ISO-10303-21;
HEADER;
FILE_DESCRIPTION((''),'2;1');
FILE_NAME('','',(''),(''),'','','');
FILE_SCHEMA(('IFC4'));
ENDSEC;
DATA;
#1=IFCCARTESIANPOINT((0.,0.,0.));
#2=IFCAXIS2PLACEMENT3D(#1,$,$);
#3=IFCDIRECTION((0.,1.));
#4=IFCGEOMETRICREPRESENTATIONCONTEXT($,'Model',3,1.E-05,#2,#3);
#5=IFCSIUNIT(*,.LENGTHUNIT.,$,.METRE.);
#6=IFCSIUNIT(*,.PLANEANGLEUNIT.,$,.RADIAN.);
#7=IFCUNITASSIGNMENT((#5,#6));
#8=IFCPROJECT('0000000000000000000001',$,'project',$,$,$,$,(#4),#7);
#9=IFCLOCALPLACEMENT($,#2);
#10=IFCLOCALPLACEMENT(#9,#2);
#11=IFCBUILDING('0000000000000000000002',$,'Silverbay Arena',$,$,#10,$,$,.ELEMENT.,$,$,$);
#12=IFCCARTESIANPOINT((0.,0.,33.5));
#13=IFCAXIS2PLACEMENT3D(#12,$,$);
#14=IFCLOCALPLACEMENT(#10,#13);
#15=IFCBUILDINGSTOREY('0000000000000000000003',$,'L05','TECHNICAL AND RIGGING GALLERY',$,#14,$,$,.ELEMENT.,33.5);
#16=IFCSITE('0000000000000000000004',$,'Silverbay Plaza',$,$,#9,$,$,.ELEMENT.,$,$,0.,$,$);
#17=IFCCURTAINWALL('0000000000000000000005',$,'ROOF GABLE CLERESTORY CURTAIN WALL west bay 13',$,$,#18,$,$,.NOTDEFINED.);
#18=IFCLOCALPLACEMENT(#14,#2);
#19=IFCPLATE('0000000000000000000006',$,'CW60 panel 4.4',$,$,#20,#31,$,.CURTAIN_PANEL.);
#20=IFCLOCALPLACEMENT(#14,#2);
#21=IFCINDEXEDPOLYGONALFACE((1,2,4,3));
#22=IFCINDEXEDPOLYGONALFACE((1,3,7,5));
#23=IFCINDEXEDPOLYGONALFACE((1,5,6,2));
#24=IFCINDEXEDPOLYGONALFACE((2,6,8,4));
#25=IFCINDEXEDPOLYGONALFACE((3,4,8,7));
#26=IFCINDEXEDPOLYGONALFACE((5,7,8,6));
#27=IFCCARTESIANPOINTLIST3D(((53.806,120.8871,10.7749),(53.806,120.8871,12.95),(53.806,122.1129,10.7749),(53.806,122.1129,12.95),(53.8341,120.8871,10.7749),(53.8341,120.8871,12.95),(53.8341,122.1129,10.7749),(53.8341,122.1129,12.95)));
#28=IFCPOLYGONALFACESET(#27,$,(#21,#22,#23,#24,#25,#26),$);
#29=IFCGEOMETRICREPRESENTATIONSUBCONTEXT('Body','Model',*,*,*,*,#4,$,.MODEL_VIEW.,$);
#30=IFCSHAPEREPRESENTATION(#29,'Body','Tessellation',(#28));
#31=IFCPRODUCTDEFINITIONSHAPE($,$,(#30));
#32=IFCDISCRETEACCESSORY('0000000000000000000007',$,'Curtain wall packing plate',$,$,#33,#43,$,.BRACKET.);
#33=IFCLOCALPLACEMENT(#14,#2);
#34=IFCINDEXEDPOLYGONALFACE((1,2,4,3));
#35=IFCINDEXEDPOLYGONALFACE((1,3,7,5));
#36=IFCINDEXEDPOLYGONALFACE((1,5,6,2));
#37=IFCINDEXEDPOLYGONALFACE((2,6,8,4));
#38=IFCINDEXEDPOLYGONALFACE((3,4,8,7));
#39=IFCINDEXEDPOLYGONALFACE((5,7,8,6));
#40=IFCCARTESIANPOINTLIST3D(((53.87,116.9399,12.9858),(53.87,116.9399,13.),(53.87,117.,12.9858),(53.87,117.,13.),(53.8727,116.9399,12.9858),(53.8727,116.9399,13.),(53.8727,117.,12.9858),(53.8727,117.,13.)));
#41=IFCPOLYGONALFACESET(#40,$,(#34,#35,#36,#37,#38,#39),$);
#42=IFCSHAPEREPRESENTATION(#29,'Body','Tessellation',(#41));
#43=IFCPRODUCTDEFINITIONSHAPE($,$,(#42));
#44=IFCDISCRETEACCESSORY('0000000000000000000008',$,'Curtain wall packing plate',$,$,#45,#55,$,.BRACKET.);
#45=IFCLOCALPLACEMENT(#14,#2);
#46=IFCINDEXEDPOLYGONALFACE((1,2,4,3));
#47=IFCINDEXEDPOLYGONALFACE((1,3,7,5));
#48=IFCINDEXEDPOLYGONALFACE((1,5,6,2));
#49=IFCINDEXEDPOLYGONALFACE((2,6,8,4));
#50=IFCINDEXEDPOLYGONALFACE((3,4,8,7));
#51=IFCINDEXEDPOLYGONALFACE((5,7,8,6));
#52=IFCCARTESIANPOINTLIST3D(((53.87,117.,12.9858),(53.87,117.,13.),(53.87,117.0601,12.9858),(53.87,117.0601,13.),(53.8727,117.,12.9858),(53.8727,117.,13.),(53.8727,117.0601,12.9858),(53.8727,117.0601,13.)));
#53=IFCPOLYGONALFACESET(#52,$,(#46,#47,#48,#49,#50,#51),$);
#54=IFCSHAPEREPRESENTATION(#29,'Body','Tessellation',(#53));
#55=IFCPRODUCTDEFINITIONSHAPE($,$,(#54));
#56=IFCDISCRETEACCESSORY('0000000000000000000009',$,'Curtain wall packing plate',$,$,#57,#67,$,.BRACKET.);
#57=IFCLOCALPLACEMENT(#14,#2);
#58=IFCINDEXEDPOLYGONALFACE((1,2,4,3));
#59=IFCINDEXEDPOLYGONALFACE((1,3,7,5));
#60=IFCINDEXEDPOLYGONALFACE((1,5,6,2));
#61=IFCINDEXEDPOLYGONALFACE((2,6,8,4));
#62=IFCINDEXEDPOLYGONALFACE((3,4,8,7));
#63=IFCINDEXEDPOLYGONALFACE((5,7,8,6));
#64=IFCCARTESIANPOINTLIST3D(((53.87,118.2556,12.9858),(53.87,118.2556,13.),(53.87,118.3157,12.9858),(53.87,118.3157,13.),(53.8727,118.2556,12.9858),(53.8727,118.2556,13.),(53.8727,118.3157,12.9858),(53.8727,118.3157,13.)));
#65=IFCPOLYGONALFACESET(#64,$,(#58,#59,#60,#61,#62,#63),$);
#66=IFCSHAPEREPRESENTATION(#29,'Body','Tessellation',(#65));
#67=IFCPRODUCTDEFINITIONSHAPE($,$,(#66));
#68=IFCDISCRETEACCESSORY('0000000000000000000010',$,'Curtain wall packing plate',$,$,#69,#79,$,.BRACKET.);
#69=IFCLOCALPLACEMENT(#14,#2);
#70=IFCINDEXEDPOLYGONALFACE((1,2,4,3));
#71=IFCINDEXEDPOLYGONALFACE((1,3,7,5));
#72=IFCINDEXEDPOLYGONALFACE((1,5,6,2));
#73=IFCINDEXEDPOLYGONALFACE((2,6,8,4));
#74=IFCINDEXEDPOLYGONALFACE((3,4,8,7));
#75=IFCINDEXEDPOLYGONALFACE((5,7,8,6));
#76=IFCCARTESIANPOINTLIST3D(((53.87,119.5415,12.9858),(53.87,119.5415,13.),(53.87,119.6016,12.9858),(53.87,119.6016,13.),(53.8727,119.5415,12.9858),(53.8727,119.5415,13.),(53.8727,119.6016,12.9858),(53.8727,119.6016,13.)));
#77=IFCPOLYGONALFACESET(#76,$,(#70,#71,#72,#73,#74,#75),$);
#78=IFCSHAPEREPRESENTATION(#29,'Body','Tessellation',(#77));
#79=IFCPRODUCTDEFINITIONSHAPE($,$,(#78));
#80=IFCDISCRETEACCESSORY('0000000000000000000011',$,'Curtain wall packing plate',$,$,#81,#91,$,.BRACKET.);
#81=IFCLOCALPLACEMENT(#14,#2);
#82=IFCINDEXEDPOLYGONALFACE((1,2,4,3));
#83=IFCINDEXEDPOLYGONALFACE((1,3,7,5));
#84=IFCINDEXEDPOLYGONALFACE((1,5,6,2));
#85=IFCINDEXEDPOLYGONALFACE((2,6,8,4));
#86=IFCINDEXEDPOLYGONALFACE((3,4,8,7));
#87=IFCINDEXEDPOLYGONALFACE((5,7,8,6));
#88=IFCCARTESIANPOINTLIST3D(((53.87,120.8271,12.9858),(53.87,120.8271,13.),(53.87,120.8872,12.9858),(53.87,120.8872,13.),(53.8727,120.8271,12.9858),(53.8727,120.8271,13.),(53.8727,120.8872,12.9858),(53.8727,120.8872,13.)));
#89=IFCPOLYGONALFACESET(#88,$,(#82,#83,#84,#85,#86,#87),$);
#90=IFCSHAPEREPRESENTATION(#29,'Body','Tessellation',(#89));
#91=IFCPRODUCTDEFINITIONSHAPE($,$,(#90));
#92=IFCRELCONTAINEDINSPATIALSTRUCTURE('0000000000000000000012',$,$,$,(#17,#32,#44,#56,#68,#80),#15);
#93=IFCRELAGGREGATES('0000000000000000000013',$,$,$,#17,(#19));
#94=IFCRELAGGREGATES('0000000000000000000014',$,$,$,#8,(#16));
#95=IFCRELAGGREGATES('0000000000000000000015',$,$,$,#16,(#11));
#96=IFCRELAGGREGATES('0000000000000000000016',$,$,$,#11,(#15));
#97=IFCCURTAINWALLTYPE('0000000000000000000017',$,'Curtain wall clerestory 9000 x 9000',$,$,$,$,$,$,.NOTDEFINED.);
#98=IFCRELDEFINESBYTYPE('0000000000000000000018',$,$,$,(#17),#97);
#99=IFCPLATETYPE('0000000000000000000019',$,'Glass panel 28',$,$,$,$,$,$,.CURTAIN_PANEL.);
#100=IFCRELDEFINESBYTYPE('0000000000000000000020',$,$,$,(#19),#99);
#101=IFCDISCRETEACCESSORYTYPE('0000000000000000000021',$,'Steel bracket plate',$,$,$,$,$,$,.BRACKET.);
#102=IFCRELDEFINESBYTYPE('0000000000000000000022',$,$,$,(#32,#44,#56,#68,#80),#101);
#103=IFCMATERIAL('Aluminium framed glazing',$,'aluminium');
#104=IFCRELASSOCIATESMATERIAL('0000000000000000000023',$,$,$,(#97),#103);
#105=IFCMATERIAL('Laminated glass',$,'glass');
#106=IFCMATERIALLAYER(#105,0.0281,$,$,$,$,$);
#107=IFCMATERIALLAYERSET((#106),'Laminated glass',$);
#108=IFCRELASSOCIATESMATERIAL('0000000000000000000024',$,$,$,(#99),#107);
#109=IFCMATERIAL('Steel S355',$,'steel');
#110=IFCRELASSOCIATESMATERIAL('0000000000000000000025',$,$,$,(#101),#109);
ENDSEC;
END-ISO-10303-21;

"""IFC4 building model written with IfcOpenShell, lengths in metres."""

from ifc_helpers import new_model, si_unit, direction, frame, origin, origin_2d, place, context, subcontext, project, spatial, rectangle, extrude, material, layer, layer_set, type_object, element, aggregate, save


model = new_model("IFC4")

# Units and contexts
model_context = context("Model", 3, precision=1e-05, world=origin(), true_north=direction((0.0, 1.0)))
body_context = subcontext(model_context, "Body", "Model", "MODEL_VIEW")
ifc_project = project(units=[si_unit("LENGTHUNIT", "METRE"), si_unit("PLANEANGLEUNIT", "RADIAN")], contexts=[model_context])

# Site, building, storey
site_placement = place(None, origin())
site = spatial("IfcSite", under=ifc_project, at=site_placement, Name="Silverbay Plaza", CompositionType="ELEMENT", RefElevation=0.0)
building_placement = place(site_placement, origin())
building = spatial("IfcBuilding", under=site, at=building_placement, Name="Silverbay Arena", CompositionType="ELEMENT")
storey_placement = place(building_placement, frame((0.0, 0.0, 33.5)))
storey = spatial("IfcBuildingStorey", under=building, at=storey_placement, Name="L05", Description="TECHNICAL AND RIGGING GALLERY", CompositionType="ELEMENT", Elevation=33.5)

# Curtain wall
ifc_material_1 = material(Name="Aluminium framed glazing", Category="aluminium")
curtain_wall_type = type_object("IfcCurtainWallType", Name="Curtain wall clerestory 9000 x 9000", PredefinedType="NOTDEFINED", material=ifc_material_1)
curtain_wall_1_placement = place(storey_placement, origin())
curtain_wall_1 = element("IfcCurtainWall", 1, at=curtain_wall_1_placement, inside=storey, type_object=curtain_wall_type, Name="ROOF GABLE CLERESTORY CURTAIN WALL west bay 13", PredefinedType="NOTDEFINED")

# Plate
ifc_material_2 = material(Name="Laminated glass", Category="glass")
ifc_layer = layer(ifc_material_2, 0.0281)
ifc_layer_set = layer_set([ifc_layer], Name="Laminated glass")
plate_type = type_object("IfcPlateType", Name="Glass panel 28", PredefinedType="CURTAIN_PANEL", material=ifc_layer_set)
plate_1_placement = place(storey_placement, frame((53.8201, 121.5, 10.7749), z_axis=(0.0, 0.0, 1.0), x_axis=(0.0, 1.0, 0.0)))
plate_1 = element("IfcPlate", 2, at=plate_1_placement, type_object=plate_type, Name="CW60 panel 4.4", PredefinedType="CURTAIN_PANEL", context=body_context, shape_type="SweptSolid", body=[
    extrude(rectangle(XDim=1.2258, YDim=0.0281, at=origin_2d()), origin(), (0.0, 0.0, 1.0), 2.175),
])
aggregate(curtain_wall_1, [plate_1])

# Discrete accessories
ifc_material_3 = material(Name="Steel S355", Category="steel")
discrete_accessory_type = type_object("IfcDiscreteAccessoryType", Name="Steel bracket plate", PredefinedType="BRACKET", material=ifc_material_3)
for number, where, z_axis, x_axis, name in (
    (3, (53.8713, 116.97, 12.9858), (0.0, 0.0, 1.0), (1.0, 0.0, 0.0), "Curtain wall packing plate"),
    (4, (53.8713, 117.03, 12.9858), (0.0, 0.0, 1.0), (1.0, 0.0, 0.0), "Curtain wall packing plate"),
    (5, (53.8713, 118.2856, 12.9858), (0.0, 0.0, 1.0), (1.0, 0.0, 0.0), "Curtain wall packing plate"),
    (6, (53.8713, 119.5715, 12.9858), (0.0, 0.0, 1.0), (1.0, 0.0, 0.0), "Curtain wall packing plate"),
    (7, (53.8713, 120.8572, 12.9858), (0.0, 0.0, 1.0), (1.0, 0.0, 0.0), "Curtain wall packing plate"),
):
    element("IfcDiscreteAccessory", number, at=place(storey_placement, frame(where, z_axis=z_axis, x_axis=x_axis)), inside=storey, type_object=discrete_accessory_type, Name=name, PredefinedType="BRACKET", context=body_context, shape_type="SweptSolid", body=[
        extrude(rectangle(XDim=0.0027, YDim=0.0601, at=origin_2d()), origin(), (0.0, 0.0, 1.0), 0.0142),
    ])

save(model, "model.ifc")
